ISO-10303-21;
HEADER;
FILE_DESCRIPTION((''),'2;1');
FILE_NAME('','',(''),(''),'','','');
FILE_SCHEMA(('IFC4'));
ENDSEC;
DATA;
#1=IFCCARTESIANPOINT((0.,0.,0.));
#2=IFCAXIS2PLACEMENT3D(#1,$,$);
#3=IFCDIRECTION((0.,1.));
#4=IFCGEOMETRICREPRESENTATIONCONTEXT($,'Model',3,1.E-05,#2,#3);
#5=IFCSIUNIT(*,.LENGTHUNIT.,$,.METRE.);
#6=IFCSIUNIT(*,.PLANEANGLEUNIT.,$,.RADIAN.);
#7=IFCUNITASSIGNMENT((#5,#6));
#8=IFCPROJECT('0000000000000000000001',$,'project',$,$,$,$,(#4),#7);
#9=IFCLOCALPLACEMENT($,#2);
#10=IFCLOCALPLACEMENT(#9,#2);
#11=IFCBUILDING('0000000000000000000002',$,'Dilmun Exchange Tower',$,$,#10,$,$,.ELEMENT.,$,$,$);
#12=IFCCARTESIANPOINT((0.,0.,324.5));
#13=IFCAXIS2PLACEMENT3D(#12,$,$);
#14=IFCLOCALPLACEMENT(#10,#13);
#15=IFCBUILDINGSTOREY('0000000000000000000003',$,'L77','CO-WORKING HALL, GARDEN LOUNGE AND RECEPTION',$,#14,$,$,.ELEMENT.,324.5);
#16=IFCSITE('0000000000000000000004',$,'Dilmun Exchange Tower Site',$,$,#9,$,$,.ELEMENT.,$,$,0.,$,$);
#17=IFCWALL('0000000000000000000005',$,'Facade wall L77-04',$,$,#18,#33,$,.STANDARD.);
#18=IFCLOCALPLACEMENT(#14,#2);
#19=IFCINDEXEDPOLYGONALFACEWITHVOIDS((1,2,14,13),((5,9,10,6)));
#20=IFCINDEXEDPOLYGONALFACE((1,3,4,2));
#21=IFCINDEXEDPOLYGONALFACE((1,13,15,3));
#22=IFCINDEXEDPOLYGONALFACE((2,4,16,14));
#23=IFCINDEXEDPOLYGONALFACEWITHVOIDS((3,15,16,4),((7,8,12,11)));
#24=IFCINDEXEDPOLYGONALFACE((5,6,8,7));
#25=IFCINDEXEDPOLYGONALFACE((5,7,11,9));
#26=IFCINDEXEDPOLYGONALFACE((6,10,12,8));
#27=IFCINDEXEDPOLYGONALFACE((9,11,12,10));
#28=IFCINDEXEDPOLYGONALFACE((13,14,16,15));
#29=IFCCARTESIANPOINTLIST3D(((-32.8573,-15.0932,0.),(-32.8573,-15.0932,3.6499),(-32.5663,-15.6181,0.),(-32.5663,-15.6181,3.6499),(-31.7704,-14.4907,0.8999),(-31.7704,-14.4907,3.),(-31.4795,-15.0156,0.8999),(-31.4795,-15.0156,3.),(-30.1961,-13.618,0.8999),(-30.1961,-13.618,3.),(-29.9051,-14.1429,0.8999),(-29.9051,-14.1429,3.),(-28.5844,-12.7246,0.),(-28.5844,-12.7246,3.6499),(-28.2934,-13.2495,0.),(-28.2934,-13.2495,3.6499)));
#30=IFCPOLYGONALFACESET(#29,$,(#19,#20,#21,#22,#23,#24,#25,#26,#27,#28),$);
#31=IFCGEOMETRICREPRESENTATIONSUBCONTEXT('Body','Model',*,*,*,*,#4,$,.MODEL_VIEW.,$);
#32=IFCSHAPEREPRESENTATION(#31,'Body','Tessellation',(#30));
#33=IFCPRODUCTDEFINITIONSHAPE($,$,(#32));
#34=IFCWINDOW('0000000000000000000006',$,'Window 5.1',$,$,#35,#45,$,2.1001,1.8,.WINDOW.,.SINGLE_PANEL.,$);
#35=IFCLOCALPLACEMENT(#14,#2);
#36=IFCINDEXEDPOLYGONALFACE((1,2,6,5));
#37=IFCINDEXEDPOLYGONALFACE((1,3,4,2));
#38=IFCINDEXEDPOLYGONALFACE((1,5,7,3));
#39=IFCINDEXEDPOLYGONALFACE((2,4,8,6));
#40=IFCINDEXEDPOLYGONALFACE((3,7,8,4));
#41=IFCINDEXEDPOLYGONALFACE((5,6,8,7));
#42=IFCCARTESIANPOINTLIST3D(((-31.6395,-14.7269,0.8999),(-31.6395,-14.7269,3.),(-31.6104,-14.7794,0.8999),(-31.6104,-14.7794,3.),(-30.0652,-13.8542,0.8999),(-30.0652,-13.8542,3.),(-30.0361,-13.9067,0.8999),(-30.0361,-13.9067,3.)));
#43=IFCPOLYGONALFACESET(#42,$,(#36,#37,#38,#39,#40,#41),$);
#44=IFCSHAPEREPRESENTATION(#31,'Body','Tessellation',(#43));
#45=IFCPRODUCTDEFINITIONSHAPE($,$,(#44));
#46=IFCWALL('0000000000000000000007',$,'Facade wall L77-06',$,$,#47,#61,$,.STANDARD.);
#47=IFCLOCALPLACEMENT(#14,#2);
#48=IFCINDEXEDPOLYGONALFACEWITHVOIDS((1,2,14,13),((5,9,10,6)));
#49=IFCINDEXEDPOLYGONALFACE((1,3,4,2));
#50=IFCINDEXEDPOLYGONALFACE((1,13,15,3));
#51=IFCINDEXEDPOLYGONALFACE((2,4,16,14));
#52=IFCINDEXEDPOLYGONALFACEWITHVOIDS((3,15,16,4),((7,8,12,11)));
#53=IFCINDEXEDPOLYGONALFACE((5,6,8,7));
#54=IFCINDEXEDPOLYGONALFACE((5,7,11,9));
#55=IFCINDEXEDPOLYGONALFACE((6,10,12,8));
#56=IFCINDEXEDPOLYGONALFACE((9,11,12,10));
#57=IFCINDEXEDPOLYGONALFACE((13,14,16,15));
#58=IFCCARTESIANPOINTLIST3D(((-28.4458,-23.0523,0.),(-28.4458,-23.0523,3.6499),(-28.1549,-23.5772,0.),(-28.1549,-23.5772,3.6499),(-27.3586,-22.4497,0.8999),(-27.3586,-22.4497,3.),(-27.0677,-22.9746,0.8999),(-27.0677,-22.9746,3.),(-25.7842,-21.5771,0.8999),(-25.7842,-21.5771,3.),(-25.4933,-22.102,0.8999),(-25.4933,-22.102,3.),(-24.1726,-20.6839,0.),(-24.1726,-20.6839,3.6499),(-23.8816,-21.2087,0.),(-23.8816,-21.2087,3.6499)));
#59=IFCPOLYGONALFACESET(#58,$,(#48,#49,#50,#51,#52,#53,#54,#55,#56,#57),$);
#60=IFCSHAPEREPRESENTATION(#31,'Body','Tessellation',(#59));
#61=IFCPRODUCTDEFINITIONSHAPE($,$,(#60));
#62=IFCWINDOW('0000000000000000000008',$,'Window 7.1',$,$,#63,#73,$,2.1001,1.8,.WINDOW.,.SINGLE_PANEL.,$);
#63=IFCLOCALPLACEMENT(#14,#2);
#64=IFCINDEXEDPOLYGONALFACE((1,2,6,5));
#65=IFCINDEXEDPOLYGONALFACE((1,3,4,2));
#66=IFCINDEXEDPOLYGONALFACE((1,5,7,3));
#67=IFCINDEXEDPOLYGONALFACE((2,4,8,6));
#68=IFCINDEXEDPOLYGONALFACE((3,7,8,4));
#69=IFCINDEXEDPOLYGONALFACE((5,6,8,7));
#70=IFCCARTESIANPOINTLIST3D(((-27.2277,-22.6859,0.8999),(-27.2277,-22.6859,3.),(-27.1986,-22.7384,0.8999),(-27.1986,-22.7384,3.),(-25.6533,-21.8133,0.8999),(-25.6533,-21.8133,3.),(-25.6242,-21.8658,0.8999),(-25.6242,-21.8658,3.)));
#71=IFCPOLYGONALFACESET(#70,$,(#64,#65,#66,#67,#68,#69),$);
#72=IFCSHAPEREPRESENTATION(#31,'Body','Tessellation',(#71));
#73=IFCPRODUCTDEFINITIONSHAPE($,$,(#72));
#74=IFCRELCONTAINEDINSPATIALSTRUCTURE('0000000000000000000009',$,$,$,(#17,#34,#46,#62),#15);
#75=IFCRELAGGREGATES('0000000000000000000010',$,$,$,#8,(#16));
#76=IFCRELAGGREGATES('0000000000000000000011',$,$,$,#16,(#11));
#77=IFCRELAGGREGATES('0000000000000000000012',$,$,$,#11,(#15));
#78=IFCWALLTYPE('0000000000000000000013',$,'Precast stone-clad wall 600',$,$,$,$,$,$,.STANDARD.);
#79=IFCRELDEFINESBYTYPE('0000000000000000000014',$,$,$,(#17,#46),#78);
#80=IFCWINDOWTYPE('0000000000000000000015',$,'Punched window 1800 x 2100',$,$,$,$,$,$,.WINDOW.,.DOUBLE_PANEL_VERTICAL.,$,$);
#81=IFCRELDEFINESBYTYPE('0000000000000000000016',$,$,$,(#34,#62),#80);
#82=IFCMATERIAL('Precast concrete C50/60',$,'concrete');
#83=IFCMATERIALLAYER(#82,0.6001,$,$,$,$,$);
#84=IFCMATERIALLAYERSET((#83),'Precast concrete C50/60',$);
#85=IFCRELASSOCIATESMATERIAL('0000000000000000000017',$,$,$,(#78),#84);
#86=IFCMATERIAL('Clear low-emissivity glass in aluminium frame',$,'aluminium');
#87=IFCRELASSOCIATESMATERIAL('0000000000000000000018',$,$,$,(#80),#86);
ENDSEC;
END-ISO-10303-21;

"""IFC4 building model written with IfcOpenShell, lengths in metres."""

from ifc_helpers import new_model, si_unit, direction, frame, frame_2d, origin, place, context, subcontext, project, spatial, rectangle, extrude, material, layer, layer_set, type_object, element, fill, save


model = new_model("IFC4")

# Units and contexts
model_context = context("Model", 3, precision=1e-05, world=origin(), true_north=direction((0.0, 1.0)))
body_context = subcontext(model_context, "Body", "Model", "MODEL_VIEW")
ifc_project = project(units=[si_unit("LENGTHUNIT", "METRE"), si_unit("PLANEANGLEUNIT", "RADIAN")], contexts=[model_context])

# Site, building, storey
site_placement = place(None, origin())
site = spatial("IfcSite", under=ifc_project, at=site_placement, Name="Dilmun Exchange Tower Site", CompositionType="ELEMENT", RefElevation=0.0)
building_placement = place(site_placement, origin())
building = spatial("IfcBuilding", under=site, at=building_placement, Name="Dilmun Exchange Tower", CompositionType="ELEMENT")
storey_placement = place(building_placement, frame((0.0, 0.0, 324.5)))
storey = spatial("IfcBuildingStorey", under=building, at=storey_placement, Name="L77", Description="CO-WORKING HALL, GARDEN LOUNGE AND RECEPTION", CompositionType="ELEMENT", Elevation=324.5)

# Walls, openings, windows
ifc_material_1 = material(Name="Precast concrete C50/60", Category="concrete")
ifc_layer_1 = layer(ifc_material_1, 0.6001)
ifc_layer_set_1 = layer_set([ifc_layer_1], Name="Precast concrete C50/60")
wall_type_1 = type_object("IfcWallType", Name="Precast stone-clad wall 600", PredefinedType="STANDARD", material=ifc_layer_set_1)
wall_1_placement = place(storey_placement, frame((-32.7119, -15.3557, 0.0), z_axis=(0.0, 0.0, 1.0), x_axis=(0.874609, 0.484828, 0.0)))
wall_1 = element("IfcWall", 1, at=wall_1_placement, inside=storey, type_object=wall_type_1, Name="Facade wall L77-04", PredefinedType="STANDARD", context=body_context, shape_type="SweptSolid", body=[
    extrude(rectangle(XDim=4.8855, YDim=0.6001, at=frame_2d((2.4429, 0.0))), origin(), (0.0, 0.0, 1.0), 3.6499),
])
opening_1_placement = place(wall_1_placement, frame((1.2429, 0.0, 0.8999)))
opening_1 = element("IfcOpeningElement", 2, at=opening_1_placement, cuts=wall_1, PredefinedType="OPENING", context=body_context, shape_type="SweptSolid", body=[
    extrude(rectangle(XDim=1.8, YDim=2.1001, at=frame_2d((0.8999, 1.05))), frame((0.0, 0.3101, 0.0), z_axis=(0.0, -1.0, 0.0), x_axis=(1.0, 0.0, 0.0)), (0.0, 0.0, 1.0), 0.6201),
])
ifc_material_2 = material(Name="Clear low-emissivity glass in aluminium frame", Category="aluminium")
window_type_1 = type_object("IfcWindowType", Name="Punched window 1800 x 2100", PartitioningType="DOUBLE_PANEL_VERTICAL", PredefinedType="WINDOW", material=ifc_material_2)
window_1_placement = place(opening_1_placement, origin())
window_1 = element("IfcWindow", 3, at=window_1_placement, inside=storey, type_object=window_type_1, Name="Window 5.1", OverallHeight=2.1001, OverallWidth=1.8, PartitioningType="SINGLE_PANEL", PredefinedType="WINDOW", context=body_context, shape_type="SweptSolid", body=[
    extrude(rectangle(XDim=1.8, YDim=2.1001, at=frame_2d((0.8999, 1.05))), frame((0.0, 0.03, 0.0), z_axis=(0.0, -1.0, 0.0), x_axis=(1.0, 0.0, 0.0)), (0.0, 0.0, 1.0), 0.0601),
])
fill(opening_1, window_1)
wall_2_placement = place(storey_placement, frame((-24.0271, -20.9463, 0.0), z_axis=(0.0, 0.0, 1.0), x_axis=(-0.874642, -0.484769, 0.0)))
wall_2 = element("IfcWall", 4, at=wall_2_placement, inside=storey, type_object=wall_type_1, Name="Facade wall L77-06", PredefinedType="STANDARD", context=body_context, shape_type="SweptSolid", body=[
    extrude(rectangle(XDim=4.8857, YDim=0.6001, at=frame_2d((2.4429, 0.0))), origin(), (0.0, 0.0, 1.0), 3.6499),
])
opening_2_placement = place(wall_2_placement, frame((1.8428, 0.0, 0.8999)))
opening_2 = element("IfcOpeningElement", 5, at=opening_2_placement, cuts=wall_2, PredefinedType="OPENING", context=body_context, shape_type="SweptSolid", body=[
    extrude(rectangle(XDim=1.8, YDim=2.1001, at=frame_2d((0.8999, 1.05))), frame((0.0, 0.3101, 0.0), z_axis=(0.0, -1.0, 0.0), x_axis=(1.0, 0.0, 0.0)), (0.0, 0.0, 1.0), 0.6201),
])
window_2_placement = place(opening_2_placement, origin())
window_2 = element("IfcWindow", 6, at=window_2_placement, inside=storey, type_object=window_type_1, Name="Window 7.1", OverallHeight=2.1001, OverallWidth=1.8, PartitioningType="SINGLE_PANEL", PredefinedType="WINDOW", context=body_context, shape_type="SweptSolid", body=[
    extrude(rectangle(XDim=1.8, YDim=2.1001, at=frame_2d((0.8999, 1.05))), frame((0.0, 0.03, 0.0), z_axis=(0.0, -1.0, 0.0), x_axis=(1.0, 0.0, 0.0)), (0.0, 0.0, 1.0), 0.0601),
])
fill(opening_2, window_2)

save(model, "model.ifc")
